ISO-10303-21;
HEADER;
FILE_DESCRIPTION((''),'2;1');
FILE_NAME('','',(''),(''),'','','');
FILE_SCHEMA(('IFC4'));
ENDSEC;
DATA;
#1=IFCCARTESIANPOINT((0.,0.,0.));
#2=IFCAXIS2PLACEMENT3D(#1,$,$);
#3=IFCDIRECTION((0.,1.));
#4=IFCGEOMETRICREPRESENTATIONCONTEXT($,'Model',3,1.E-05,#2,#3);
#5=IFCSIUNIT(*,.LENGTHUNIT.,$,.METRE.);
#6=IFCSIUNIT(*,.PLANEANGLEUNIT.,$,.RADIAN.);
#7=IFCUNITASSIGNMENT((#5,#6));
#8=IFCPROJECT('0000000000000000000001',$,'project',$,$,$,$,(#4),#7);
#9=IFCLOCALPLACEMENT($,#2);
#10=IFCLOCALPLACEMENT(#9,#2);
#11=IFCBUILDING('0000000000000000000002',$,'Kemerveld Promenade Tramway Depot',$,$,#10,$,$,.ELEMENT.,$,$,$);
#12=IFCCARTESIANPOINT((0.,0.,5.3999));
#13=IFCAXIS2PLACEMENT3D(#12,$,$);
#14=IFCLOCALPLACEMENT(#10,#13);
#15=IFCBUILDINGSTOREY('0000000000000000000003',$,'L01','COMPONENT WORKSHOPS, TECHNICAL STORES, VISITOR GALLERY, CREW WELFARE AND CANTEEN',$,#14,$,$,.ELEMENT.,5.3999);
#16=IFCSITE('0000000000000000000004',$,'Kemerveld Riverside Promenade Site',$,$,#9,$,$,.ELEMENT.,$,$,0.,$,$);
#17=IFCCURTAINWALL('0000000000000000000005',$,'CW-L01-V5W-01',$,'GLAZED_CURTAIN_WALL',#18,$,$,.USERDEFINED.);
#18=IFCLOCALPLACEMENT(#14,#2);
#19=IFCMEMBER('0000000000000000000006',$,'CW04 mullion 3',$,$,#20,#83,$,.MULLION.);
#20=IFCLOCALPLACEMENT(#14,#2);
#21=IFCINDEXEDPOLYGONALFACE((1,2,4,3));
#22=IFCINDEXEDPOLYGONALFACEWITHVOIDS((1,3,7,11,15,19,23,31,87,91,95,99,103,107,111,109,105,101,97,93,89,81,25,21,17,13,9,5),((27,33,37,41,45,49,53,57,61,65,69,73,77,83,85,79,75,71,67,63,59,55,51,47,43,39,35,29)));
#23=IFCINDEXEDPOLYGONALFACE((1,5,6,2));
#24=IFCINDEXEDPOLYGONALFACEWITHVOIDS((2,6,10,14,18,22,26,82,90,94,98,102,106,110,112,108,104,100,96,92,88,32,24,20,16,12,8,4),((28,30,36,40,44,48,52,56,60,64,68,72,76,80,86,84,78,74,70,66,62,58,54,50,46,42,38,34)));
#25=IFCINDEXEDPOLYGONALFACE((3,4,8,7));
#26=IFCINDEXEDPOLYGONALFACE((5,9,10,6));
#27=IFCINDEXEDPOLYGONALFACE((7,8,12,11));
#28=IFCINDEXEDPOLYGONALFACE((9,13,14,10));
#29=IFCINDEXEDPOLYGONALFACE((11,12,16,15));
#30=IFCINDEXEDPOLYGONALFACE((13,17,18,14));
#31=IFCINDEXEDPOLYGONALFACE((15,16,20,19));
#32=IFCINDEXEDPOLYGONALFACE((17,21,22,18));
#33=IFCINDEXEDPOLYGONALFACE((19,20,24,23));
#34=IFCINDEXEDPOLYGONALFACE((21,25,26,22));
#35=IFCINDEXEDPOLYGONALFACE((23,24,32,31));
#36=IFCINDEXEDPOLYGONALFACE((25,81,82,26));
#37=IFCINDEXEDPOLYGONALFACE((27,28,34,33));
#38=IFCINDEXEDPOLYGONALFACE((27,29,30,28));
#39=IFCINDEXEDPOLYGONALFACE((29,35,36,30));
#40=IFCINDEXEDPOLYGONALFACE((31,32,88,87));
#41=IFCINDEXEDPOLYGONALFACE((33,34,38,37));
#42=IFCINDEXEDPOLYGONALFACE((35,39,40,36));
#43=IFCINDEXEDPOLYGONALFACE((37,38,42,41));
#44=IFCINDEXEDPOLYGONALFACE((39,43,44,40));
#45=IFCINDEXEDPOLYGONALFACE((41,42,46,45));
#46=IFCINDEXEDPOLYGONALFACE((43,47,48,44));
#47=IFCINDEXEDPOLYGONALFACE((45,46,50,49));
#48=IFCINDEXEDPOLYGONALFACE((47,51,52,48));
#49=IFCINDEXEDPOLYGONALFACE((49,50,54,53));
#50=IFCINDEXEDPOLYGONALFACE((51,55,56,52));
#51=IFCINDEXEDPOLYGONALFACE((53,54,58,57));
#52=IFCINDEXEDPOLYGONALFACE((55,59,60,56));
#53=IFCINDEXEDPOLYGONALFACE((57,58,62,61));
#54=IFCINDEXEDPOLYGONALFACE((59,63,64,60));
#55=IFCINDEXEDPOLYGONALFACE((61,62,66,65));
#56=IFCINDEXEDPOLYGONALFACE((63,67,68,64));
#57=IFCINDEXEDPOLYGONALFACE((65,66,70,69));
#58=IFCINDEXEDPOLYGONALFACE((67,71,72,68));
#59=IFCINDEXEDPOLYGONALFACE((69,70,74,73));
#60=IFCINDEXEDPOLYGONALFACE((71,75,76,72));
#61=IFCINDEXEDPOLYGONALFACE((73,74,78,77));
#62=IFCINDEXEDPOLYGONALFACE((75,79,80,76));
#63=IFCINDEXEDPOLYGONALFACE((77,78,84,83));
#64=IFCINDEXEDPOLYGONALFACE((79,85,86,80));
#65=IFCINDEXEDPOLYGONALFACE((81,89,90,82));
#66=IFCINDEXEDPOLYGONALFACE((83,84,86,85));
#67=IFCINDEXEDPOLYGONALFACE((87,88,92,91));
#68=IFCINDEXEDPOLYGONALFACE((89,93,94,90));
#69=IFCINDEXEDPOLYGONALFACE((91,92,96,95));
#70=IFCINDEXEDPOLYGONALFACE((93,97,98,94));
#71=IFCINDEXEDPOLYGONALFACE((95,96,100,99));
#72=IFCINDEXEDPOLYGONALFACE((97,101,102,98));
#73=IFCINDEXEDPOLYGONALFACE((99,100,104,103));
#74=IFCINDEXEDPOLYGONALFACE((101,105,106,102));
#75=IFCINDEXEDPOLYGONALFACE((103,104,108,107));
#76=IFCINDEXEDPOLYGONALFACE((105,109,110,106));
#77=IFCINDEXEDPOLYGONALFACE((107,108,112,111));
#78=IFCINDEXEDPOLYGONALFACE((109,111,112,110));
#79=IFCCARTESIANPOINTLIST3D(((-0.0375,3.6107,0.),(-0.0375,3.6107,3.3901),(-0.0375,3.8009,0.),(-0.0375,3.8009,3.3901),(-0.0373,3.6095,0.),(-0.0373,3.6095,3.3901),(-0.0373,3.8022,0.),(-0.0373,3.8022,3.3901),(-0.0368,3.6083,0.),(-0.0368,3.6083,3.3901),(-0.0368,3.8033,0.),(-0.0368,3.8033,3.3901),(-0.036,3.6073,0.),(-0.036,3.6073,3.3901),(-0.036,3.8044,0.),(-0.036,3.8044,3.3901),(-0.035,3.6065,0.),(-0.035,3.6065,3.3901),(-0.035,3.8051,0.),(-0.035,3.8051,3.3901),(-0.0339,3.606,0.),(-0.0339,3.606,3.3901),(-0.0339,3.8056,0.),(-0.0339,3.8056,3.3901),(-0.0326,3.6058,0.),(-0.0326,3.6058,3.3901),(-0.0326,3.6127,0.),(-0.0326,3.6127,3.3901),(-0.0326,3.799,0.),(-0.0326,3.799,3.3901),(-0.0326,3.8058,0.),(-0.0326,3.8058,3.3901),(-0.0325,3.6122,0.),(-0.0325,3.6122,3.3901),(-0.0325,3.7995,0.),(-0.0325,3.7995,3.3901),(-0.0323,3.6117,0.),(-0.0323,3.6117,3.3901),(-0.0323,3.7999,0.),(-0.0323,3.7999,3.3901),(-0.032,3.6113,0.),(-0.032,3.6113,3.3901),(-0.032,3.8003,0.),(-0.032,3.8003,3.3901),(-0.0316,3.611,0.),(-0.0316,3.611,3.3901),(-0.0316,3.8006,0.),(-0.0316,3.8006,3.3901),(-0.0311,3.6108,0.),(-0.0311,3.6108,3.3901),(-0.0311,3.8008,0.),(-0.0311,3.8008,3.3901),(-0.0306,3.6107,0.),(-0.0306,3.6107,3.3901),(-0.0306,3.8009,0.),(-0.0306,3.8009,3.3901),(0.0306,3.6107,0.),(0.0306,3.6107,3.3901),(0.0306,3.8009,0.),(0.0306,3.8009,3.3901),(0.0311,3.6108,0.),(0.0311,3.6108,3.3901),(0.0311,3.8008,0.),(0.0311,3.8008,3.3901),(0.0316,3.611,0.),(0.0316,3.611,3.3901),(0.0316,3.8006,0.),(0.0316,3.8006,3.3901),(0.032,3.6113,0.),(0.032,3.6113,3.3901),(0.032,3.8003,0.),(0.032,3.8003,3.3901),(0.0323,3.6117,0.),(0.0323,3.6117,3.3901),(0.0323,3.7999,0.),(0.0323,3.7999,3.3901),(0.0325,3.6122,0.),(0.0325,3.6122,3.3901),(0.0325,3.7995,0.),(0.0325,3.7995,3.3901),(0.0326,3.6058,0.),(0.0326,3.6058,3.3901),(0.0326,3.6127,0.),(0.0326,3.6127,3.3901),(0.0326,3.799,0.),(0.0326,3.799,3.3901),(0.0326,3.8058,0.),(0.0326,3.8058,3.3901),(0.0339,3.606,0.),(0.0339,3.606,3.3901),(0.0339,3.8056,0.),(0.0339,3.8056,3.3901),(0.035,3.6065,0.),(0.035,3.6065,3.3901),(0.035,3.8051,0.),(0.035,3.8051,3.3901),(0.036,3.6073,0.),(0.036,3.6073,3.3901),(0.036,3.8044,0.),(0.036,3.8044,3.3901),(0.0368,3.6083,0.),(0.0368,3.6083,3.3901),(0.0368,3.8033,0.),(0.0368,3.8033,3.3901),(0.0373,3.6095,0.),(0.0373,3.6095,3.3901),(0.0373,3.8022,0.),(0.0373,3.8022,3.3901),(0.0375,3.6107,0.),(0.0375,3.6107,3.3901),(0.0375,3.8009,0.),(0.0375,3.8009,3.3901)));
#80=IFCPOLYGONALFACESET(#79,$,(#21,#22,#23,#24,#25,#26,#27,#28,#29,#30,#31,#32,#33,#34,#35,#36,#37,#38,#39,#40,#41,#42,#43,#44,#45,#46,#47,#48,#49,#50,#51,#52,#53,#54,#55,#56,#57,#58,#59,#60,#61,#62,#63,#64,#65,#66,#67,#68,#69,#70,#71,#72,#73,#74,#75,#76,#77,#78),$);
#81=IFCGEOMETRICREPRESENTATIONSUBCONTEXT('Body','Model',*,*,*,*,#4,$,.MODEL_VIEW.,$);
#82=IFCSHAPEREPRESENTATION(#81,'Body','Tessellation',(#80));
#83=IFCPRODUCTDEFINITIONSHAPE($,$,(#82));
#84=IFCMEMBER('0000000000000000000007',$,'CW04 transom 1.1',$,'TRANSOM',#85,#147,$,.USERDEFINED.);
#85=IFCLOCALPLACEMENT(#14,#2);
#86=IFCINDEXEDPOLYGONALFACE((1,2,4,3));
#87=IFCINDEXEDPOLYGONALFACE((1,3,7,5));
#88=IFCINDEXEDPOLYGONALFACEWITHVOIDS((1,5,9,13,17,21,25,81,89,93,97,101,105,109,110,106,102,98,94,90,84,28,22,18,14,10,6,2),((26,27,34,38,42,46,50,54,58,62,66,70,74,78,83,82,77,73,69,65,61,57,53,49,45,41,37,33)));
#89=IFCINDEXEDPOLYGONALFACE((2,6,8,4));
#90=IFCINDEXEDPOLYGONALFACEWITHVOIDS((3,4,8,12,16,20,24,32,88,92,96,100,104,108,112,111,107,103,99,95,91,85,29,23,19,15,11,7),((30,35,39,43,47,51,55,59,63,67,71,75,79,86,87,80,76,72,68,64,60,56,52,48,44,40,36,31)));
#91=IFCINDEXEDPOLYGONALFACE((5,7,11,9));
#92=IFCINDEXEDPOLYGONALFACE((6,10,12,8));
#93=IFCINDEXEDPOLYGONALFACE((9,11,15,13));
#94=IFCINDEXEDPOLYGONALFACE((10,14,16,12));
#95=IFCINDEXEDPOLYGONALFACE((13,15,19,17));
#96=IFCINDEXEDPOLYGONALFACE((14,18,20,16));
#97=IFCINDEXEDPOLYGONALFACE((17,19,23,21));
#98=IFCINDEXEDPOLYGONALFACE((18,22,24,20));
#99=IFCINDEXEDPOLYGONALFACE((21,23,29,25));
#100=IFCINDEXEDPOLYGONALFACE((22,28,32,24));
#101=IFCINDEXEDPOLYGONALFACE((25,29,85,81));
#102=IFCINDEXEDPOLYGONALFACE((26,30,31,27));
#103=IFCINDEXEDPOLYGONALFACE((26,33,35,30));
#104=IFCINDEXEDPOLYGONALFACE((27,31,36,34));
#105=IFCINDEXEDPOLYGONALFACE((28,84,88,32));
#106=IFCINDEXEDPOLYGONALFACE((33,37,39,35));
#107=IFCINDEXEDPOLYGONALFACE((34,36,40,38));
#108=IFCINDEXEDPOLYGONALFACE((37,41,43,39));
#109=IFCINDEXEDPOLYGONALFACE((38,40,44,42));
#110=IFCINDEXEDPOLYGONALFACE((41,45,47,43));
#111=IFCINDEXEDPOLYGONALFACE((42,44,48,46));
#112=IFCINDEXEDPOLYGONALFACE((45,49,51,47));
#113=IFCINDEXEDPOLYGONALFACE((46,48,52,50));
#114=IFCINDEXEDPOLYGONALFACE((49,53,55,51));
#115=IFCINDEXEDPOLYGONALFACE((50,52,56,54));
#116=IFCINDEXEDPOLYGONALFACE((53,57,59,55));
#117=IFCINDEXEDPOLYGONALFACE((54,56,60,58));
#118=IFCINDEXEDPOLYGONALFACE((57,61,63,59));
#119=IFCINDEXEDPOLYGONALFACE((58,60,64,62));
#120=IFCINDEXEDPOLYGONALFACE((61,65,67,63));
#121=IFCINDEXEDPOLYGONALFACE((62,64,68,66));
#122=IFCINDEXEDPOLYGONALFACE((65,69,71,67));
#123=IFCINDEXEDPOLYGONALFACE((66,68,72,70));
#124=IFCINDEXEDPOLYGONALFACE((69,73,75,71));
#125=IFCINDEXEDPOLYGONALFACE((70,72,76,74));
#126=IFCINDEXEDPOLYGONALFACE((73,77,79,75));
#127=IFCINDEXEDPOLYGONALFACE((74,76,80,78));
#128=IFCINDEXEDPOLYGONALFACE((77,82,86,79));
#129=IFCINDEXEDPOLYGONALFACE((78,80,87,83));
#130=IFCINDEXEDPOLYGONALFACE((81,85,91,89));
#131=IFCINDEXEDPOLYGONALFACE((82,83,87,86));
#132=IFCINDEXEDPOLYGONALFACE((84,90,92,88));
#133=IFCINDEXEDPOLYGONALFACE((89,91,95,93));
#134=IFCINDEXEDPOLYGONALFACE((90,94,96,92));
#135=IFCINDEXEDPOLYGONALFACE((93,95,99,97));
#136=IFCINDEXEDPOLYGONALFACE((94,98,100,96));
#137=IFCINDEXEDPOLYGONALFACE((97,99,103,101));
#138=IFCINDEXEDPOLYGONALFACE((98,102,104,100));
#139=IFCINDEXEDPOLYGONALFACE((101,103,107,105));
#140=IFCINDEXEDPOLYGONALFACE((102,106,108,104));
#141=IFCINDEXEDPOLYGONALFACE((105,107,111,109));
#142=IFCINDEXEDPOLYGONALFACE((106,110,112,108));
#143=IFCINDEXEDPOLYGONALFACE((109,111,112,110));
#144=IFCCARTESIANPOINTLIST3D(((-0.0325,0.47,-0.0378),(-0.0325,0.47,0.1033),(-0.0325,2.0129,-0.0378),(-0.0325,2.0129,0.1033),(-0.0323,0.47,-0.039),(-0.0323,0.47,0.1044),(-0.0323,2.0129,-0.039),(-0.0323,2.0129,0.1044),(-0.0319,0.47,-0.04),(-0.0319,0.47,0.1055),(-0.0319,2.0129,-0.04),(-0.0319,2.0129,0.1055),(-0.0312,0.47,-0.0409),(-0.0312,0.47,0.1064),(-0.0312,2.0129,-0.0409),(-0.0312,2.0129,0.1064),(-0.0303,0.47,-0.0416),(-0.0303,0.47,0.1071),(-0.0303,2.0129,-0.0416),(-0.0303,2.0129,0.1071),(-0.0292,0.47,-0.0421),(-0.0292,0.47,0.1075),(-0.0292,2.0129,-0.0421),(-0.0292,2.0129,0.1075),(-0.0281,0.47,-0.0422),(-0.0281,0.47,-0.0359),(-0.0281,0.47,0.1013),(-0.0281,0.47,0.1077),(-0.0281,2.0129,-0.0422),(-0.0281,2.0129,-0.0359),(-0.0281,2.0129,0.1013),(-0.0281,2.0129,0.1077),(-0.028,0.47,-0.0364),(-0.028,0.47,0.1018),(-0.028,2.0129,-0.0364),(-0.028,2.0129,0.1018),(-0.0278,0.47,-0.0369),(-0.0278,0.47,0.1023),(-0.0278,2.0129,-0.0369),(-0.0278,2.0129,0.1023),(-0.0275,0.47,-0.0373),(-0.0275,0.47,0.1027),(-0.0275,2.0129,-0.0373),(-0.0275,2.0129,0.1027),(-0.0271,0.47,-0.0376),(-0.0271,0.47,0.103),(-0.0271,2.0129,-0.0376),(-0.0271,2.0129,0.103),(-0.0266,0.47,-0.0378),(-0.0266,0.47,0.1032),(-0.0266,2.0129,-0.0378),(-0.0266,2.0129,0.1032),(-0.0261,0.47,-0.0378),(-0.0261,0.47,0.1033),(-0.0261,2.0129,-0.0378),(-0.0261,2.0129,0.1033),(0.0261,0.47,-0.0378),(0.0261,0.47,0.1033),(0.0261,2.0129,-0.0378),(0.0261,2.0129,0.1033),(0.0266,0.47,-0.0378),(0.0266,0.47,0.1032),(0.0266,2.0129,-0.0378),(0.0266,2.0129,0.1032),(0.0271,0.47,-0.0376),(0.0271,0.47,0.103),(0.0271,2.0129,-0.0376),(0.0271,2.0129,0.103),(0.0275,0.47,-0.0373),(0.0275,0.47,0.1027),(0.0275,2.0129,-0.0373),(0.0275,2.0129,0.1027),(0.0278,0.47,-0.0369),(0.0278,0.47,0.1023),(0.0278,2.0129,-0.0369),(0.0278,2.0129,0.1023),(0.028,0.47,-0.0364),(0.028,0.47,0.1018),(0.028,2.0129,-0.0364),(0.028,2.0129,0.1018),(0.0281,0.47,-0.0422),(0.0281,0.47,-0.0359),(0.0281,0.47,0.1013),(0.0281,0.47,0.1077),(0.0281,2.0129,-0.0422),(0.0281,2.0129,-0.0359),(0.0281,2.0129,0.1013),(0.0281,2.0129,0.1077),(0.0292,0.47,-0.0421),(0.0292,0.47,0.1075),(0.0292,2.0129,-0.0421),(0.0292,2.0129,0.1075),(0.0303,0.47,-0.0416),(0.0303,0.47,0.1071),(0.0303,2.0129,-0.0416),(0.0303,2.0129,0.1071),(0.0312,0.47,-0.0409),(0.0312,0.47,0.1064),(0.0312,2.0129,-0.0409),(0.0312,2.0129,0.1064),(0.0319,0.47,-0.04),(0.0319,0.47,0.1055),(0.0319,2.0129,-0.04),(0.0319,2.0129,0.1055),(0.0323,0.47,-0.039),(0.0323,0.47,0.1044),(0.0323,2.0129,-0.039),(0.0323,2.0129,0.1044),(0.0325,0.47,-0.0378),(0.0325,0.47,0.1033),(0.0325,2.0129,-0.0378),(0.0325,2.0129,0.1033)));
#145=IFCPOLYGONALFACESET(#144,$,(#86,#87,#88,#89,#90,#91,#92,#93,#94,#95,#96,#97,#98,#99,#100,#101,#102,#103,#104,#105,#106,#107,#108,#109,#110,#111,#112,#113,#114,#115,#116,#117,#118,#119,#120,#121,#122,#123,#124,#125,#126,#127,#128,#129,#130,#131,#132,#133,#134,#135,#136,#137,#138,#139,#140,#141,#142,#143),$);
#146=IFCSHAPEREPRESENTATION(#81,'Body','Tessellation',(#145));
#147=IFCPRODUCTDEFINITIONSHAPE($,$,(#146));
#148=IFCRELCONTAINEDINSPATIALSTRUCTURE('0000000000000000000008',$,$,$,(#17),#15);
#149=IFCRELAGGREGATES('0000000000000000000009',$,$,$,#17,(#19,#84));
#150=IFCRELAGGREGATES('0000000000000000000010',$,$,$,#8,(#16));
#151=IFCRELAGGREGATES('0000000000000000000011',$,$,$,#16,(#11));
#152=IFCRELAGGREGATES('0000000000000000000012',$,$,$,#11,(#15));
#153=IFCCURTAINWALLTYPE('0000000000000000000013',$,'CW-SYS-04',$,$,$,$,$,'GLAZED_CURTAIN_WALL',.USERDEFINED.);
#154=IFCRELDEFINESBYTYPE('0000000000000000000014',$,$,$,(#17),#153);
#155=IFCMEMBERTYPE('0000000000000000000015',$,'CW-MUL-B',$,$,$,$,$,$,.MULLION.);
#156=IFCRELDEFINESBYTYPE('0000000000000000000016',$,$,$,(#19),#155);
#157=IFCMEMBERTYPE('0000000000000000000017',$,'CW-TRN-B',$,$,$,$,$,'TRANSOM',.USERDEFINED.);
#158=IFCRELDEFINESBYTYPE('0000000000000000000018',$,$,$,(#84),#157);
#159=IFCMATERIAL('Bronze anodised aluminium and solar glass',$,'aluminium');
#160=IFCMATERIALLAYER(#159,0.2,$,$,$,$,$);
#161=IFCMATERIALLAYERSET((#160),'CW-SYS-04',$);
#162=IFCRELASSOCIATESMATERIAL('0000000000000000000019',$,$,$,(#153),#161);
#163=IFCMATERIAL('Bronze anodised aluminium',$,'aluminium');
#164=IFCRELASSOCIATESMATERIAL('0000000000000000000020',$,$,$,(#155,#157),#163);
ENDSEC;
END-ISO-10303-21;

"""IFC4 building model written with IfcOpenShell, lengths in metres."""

from ifc_helpers import new_model, si_unit, direction, frame, origin, origin_2d, place, context, subcontext, project, spatial, hollow_rectangle, extrude, material, layer, layer_set, material_profile, profile_set, type_object, element, aggregate, save


model = new_model("IFC4")

# Units and contexts
model_context = context("Model", 3, precision=1e-05, world=origin(), true_north=direction((0.0, 1.0)))
body_context = subcontext(model_context, "Body", "Model", "MODEL_VIEW")
ifc_project = project(units=[si_unit("LENGTHUNIT", "METRE"), si_unit("PLANEANGLEUNIT", "RADIAN")], contexts=[model_context])

# Site, building, storey
site_placement = place(None, origin())
site = spatial("IfcSite", under=ifc_project, at=site_placement, Name="Kemerveld Riverside Promenade Site", CompositionType="ELEMENT", RefElevation=0.0)
building_placement = place(site_placement, origin())
building = spatial("IfcBuilding", under=site, at=building_placement, Name="Kemerveld Promenade Tramway Depot", CompositionType="ELEMENT")
storey_placement = place(building_placement, frame((0.0, 0.0, 5.3999)))
storey = spatial("IfcBuildingStorey", under=building, at=storey_placement, Name="L01", Description="COMPONENT WORKSHOPS, TECHNICAL STORES, VISITOR GALLERY, CREW WELFARE AND CANTEEN", CompositionType="ELEMENT", Elevation=5.3999)

# Curtain wall, members
ifc_material_1 = material(Name="Bronze anodised aluminium and solar glass", Category="aluminium")
ifc_layer_1 = layer(ifc_material_1, 0.2)
ifc_layer_set_1 = layer_set([ifc_layer_1], Name="CW-SYS-04")
curtain_wall_type = type_object("IfcCurtainWallType", Name="CW-SYS-04", ElementType="GLAZED_CURTAIN_WALL", PredefinedType="USERDEFINED", material=ifc_layer_set_1)
curtain_wall_placement = place(storey_placement, origin())
curtain_wall = element("IfcCurtainWall", 1, at=curtain_wall_placement, inside=storey, type_object=curtain_wall_type, Name="CW-L01-V5W-01", ObjectType="GLAZED_CURTAIN_WALL", PredefinedType="USERDEFINED")
ifc_material_2 = material(Name="Bronze anodised aluminium", Category="aluminium")
ifc_material_profile_1 = material_profile(ifc_material_2, hollow_rectangle(XDim=0.075, YDim=0.2, WallThickness=0.0049, InnerFilletRadius=0.002, OuterFilletRadius=0.0049, at=origin_2d()), Name="CW-MUL-200x75")
ifc_profile_set_1 = profile_set([ifc_material_profile_1], Name="Bronze anodised aluminium")
member_type_1 = type_object("IfcMemberType", Name="CW-MUL-B", PredefinedType="MULLION", material=ifc_profile_set_1)
member_1_placement = place(storey_placement, frame((0.0, 3.7058, 0.0), z_axis=(0.0, 0.0, 1.0), x_axis=(-1.0, 0.0, 0.0)))
member_1 = element("IfcMember", 2, at=member_1_placement, type_object=member_type_1, Name="CW04 mullion 3", PredefinedType="MULLION", context=body_context, shape_type="SweptSolid", body=[
    extrude(hollow_rectangle(XDim=0.075, YDim=0.2, WallThickness=0.0049, InnerFilletRadius=0.002, OuterFilletRadius=0.0049, at=origin_2d()), origin(), (0.0, 0.0, 1.0), 3.3901),
])
ifc_material_profile_2 = material_profile(ifc_material_2, hollow_rectangle(XDim=0.0649, YDim=0.1499, WallThickness=0.0044, InnerFilletRadius=0.002, OuterFilletRadius=0.0044, at=origin_2d()), Name="CW-TRN-150x65")
ifc_profile_set_2 = profile_set([ifc_material_profile_2], Name="Bronze anodised aluminium")
member_type_2 = type_object("IfcMemberType", Name="CW-TRN-B", ElementType="TRANSOM", PredefinedType="USERDEFINED", material=ifc_profile_set_2)
member_2_placement = place(storey_placement, frame((0.0, 0.47, 0.0327), z_axis=(0.0, 1.0, 0.0), x_axis=(-1.0, 0.0, 0.0)))
member_2 = element("IfcMember", 3, at=member_2_placement, type_object=member_type_2, Name="CW04 transom 1.1", ObjectType="TRANSOM", PredefinedType="USERDEFINED", context=body_context, shape_type="SweptSolid", body=[
    extrude(hollow_rectangle(XDim=0.0649, YDim=0.1499, WallThickness=0.0044, InnerFilletRadius=0.002, OuterFilletRadius=0.0044, at=origin_2d()), origin(), (0.0, 0.0, 1.0), 1.543),
])
aggregate(curtain_wall, [member_1, member_2])

save(model, "model.ifc")
